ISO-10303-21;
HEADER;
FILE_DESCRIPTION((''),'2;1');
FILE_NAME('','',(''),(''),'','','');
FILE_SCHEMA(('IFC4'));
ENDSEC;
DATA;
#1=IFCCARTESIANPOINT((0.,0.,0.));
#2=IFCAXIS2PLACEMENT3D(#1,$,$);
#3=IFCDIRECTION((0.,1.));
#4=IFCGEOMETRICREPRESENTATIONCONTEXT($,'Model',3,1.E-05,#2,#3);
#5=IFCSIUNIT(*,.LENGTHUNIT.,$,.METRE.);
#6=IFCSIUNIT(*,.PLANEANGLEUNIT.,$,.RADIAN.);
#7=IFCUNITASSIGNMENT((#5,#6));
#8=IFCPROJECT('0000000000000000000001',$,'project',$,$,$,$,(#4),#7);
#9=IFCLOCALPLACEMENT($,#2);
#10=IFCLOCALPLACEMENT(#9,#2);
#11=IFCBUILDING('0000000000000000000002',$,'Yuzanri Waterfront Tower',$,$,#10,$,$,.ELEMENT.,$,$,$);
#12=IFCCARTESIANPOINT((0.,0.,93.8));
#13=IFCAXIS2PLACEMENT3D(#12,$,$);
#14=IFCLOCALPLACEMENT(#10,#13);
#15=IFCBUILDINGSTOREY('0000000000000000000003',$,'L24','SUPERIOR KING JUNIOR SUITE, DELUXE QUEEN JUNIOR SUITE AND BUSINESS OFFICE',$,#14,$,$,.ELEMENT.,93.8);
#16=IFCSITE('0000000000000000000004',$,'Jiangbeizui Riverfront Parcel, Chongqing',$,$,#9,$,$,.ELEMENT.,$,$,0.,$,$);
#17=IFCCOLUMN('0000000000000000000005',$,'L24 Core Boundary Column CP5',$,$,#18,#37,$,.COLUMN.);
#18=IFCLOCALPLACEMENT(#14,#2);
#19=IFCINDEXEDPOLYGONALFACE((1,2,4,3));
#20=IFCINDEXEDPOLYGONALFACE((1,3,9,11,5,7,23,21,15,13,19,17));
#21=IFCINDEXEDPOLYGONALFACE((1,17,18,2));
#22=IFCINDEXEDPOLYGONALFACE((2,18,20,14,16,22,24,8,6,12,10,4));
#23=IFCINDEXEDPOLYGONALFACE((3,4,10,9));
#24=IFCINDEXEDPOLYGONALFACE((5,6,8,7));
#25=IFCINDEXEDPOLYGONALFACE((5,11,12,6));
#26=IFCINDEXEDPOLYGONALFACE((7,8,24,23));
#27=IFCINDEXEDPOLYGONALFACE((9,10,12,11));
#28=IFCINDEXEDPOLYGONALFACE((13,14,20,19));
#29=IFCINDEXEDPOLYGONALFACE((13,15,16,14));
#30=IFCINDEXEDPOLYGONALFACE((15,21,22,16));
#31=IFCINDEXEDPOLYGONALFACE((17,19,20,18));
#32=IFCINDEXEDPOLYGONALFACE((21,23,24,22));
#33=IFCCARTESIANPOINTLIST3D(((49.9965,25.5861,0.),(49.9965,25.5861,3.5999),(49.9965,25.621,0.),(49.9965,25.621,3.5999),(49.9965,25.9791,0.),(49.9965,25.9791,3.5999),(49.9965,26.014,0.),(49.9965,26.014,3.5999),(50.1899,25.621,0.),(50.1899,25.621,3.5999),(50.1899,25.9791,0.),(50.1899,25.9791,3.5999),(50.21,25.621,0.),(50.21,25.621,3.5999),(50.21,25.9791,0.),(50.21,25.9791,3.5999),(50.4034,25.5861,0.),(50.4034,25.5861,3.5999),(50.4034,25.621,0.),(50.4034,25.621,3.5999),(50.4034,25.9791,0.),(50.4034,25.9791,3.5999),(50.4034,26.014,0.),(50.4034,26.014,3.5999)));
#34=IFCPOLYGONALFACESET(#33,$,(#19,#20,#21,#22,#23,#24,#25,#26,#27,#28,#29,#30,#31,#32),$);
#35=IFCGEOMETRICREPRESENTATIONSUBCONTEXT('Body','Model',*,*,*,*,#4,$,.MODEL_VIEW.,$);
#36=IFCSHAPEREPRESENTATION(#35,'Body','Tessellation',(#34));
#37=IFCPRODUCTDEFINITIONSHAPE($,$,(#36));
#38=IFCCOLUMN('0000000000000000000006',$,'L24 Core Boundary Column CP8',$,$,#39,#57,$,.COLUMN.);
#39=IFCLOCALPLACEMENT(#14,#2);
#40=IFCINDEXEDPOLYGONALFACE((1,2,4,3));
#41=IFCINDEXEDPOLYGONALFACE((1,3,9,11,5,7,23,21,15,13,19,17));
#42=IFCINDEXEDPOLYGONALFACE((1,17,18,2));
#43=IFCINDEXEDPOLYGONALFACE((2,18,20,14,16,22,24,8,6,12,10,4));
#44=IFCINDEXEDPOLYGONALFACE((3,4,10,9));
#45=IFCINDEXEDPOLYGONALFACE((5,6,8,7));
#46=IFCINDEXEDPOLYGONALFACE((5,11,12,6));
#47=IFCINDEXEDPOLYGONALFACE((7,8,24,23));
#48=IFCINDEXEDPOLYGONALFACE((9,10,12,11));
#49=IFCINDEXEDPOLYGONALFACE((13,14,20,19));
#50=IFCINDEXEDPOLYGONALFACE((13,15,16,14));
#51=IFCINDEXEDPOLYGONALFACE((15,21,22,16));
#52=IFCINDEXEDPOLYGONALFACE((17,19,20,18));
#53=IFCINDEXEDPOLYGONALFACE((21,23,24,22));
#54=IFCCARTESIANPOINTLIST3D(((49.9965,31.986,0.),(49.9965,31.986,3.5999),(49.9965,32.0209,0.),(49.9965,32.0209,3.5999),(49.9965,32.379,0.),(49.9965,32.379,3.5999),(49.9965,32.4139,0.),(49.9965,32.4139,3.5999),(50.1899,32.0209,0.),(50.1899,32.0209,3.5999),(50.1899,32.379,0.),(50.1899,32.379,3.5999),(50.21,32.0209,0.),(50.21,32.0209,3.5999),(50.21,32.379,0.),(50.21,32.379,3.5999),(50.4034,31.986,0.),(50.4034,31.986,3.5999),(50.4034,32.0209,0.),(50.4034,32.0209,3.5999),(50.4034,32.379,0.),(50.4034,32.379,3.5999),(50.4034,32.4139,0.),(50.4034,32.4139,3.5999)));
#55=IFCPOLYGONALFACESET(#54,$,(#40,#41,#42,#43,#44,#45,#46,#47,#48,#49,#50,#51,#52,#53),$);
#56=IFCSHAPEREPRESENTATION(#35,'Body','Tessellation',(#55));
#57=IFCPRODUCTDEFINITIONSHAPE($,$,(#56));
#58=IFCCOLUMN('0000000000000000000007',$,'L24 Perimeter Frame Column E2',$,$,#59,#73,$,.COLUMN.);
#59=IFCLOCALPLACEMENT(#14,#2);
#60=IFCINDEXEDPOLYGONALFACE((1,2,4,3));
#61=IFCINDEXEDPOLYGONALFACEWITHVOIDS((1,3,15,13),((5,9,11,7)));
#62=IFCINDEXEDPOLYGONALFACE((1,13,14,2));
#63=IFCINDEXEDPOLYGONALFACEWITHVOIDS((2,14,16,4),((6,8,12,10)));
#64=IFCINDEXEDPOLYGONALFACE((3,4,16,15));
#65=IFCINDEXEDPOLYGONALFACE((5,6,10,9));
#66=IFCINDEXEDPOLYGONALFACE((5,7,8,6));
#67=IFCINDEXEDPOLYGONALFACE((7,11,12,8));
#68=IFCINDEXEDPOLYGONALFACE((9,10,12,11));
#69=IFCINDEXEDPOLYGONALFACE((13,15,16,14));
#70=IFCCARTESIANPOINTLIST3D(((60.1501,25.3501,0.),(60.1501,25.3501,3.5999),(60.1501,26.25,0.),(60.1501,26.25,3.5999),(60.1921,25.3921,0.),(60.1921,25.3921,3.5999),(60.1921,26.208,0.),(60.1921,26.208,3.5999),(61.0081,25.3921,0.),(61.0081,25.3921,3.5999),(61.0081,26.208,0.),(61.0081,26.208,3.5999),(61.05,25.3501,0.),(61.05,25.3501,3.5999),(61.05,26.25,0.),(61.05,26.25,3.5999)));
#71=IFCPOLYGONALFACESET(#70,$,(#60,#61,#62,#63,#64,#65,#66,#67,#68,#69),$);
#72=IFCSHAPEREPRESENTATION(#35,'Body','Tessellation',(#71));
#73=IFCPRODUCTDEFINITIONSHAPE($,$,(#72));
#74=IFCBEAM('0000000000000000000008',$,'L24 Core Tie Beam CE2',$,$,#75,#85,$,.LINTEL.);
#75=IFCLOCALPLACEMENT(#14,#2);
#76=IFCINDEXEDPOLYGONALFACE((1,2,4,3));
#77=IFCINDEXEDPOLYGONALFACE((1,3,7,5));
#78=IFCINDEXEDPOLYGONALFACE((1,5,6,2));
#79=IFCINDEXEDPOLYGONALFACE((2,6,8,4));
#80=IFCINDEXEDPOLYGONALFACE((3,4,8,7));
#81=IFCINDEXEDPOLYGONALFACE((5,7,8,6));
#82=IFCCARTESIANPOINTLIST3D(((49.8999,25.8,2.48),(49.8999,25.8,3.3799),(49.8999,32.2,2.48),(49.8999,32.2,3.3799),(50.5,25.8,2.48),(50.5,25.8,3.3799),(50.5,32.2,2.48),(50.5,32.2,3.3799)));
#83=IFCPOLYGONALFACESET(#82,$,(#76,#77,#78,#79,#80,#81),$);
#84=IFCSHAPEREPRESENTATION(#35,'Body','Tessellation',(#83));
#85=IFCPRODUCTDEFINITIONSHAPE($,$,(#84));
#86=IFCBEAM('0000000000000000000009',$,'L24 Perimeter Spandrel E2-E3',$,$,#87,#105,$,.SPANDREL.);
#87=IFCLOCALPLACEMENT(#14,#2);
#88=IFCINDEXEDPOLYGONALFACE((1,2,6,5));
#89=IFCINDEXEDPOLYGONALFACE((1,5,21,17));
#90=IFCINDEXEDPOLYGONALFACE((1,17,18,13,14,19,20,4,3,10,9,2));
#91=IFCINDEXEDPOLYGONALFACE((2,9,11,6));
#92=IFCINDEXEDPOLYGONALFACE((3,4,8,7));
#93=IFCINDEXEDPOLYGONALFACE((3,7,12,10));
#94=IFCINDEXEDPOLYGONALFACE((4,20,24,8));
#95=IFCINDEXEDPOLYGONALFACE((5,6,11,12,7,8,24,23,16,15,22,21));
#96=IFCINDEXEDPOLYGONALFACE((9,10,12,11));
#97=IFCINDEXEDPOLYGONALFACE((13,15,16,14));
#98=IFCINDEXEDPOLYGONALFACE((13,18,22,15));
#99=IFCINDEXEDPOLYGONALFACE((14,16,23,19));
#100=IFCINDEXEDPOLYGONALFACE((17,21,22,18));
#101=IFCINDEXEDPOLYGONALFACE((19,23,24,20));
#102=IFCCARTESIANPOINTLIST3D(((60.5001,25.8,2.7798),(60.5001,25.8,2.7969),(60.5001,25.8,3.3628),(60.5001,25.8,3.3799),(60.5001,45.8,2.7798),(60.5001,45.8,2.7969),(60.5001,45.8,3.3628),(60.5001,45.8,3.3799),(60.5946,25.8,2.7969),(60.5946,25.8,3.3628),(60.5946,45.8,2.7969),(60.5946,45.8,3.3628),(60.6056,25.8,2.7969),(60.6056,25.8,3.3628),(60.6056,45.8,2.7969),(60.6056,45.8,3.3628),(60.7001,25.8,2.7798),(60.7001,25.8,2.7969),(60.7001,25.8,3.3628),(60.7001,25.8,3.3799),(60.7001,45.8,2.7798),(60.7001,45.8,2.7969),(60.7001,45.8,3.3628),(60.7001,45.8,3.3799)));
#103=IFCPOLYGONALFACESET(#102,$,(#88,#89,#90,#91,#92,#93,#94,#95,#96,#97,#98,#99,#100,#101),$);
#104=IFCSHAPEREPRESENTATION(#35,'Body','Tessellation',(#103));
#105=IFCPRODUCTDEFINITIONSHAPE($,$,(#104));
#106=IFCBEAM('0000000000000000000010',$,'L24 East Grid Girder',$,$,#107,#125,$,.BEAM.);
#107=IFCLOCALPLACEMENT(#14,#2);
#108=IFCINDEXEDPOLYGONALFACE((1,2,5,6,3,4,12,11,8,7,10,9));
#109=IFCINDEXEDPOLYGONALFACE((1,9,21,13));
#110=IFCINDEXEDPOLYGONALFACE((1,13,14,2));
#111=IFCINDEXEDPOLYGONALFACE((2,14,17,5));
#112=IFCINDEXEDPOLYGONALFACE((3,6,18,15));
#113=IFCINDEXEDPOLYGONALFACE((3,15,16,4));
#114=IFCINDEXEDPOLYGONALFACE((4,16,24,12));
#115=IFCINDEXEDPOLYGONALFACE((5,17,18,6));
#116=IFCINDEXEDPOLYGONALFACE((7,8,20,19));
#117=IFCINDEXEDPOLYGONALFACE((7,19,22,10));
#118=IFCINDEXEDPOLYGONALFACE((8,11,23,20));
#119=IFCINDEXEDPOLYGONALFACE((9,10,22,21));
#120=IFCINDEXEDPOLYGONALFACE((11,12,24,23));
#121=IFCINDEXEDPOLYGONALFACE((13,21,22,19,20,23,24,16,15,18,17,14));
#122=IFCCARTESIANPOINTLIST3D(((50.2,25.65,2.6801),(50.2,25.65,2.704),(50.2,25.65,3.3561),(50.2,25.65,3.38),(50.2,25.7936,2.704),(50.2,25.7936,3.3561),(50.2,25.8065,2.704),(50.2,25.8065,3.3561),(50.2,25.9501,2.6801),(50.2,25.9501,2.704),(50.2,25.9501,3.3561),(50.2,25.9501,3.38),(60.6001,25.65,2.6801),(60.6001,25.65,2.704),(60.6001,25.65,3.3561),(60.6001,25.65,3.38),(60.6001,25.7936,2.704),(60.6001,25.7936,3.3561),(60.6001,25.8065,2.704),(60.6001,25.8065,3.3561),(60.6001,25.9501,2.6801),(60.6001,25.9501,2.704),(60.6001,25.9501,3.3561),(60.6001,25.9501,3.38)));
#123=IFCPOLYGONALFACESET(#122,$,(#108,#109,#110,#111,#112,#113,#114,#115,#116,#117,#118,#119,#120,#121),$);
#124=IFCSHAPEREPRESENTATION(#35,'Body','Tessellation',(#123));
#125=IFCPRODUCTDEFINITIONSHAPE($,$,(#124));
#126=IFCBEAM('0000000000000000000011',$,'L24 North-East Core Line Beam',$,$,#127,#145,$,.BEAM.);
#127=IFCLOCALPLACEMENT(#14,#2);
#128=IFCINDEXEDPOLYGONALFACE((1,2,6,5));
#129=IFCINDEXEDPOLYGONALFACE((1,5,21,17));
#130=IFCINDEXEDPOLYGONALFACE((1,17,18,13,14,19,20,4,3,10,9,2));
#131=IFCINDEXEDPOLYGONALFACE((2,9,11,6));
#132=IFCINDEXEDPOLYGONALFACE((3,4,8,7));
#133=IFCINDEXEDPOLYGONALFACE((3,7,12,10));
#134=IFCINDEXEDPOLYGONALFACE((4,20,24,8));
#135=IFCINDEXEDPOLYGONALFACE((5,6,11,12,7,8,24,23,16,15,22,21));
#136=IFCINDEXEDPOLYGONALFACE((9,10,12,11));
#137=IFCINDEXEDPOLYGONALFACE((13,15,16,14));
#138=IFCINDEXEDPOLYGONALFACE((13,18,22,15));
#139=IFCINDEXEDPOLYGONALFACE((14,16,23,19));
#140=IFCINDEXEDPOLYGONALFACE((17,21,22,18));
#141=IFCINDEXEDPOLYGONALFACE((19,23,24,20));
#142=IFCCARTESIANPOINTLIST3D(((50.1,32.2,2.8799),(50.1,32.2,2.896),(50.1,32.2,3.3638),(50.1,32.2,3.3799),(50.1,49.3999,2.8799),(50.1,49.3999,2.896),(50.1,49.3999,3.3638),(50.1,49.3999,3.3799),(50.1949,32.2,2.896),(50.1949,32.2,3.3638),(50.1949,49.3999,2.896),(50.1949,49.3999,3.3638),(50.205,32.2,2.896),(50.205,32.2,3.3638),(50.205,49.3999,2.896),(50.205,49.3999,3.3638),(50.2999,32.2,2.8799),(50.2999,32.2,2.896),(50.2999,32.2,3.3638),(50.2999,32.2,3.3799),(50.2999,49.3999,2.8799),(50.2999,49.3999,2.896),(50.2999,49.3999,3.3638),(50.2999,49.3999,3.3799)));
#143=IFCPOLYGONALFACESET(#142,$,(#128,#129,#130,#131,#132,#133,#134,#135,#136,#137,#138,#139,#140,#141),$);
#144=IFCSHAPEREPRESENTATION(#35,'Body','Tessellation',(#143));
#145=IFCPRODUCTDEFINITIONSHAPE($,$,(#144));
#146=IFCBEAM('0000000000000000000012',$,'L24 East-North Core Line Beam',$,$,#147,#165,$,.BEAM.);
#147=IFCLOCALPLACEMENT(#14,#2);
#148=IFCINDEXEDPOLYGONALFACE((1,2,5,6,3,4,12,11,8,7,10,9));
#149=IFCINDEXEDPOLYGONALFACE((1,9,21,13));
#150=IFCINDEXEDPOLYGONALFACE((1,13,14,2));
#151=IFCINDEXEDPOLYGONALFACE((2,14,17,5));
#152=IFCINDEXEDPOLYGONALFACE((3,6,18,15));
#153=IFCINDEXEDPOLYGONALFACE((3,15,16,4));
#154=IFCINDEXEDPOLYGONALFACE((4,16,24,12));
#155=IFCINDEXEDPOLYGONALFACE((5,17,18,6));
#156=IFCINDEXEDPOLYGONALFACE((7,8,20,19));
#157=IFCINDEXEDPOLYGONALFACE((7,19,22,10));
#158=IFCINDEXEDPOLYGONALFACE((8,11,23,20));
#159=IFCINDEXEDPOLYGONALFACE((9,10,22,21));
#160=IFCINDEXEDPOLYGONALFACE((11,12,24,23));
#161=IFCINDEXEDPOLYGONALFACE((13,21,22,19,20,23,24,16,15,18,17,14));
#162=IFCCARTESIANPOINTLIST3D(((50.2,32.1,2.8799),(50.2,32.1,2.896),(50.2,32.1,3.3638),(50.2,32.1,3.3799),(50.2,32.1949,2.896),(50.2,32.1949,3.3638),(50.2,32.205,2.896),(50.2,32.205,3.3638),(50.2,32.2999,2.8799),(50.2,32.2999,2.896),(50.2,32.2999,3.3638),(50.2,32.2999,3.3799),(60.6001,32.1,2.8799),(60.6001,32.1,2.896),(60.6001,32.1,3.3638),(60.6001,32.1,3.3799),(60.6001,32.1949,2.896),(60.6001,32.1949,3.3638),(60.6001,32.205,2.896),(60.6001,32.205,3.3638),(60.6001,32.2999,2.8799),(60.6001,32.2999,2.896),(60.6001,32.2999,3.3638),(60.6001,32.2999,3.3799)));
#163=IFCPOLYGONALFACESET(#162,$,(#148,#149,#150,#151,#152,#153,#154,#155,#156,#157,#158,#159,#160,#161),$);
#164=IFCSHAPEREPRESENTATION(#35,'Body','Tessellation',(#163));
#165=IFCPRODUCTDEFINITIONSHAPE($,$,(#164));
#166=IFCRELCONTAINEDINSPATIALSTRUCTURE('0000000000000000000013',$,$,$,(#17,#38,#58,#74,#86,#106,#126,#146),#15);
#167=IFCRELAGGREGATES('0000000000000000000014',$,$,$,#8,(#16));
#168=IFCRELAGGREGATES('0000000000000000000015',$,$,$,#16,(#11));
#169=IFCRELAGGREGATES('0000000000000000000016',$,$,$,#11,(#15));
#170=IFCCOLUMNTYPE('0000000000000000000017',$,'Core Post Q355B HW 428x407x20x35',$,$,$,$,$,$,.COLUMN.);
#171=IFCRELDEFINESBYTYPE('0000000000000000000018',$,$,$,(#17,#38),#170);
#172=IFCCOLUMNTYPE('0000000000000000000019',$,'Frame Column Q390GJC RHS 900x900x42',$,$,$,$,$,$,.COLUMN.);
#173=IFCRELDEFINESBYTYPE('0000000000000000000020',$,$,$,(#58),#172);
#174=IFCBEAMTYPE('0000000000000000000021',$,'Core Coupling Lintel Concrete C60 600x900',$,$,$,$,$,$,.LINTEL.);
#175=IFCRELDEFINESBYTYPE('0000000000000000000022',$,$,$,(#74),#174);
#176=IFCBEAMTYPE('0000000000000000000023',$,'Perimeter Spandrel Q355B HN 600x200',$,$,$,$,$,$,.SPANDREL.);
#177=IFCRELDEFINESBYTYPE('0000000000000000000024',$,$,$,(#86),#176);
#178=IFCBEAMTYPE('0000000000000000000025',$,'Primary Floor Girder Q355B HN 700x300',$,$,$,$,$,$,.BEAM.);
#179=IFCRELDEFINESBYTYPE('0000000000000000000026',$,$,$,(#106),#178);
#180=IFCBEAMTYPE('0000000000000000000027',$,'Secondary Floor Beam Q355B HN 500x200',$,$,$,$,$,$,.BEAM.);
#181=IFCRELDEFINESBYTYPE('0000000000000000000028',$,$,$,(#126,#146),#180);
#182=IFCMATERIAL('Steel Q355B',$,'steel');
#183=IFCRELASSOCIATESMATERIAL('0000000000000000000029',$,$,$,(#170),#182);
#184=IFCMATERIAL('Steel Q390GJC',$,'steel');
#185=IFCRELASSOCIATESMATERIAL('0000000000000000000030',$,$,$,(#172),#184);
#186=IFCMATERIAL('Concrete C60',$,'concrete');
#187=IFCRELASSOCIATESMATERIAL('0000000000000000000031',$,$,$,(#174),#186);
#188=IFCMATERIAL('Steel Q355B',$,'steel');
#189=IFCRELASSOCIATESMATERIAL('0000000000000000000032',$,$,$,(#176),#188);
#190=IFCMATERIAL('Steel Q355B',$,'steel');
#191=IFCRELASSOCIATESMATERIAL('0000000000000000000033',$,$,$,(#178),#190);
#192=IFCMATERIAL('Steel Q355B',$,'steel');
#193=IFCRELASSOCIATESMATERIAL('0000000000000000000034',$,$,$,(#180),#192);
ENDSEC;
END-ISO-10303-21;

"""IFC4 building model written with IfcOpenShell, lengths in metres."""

from ifc_helpers import new_model, si_unit, direction, frame, origin, origin_2d, place, context, subcontext, project, spatial, rectangle, hollow_rectangle, i_section, extrude, source, transform, mapped, material, material_profile, profile_set, type_object, element, save


model = new_model("IFC4")

# Units and contexts
model_context = context("Model", 3, precision=1e-05, world=origin(), true_north=direction((0.0, 1.0)))
body_context = subcontext(model_context, "Body", "Model", "MODEL_VIEW")
ifc_project = project(units=[si_unit("LENGTHUNIT", "METRE"), si_unit("PLANEANGLEUNIT", "RADIAN")], contexts=[model_context])

# Site, building, storey
site_placement = place(None, origin())
site = spatial("IfcSite", under=ifc_project, at=site_placement, Name="Jiangbeizui Riverfront Parcel, Chongqing", CompositionType="ELEMENT", RefElevation=0.0)
building_placement = place(site_placement, origin())
building = spatial("IfcBuilding", under=site, at=building_placement, Name="Yuzanri Waterfront Tower", CompositionType="ELEMENT")
storey_placement = place(building_placement, frame((0.0, 0.0, 93.8)))
storey = spatial("IfcBuildingStorey", under=building, at=storey_placement, Name="L24", Description="SUPERIOR KING JUNIOR SUITE, DELUXE QUEEN JUNIOR SUITE AND BUSINESS OFFICE", CompositionType="ELEMENT", Elevation=93.8)

# Columns
ifc_material_1 = material(Name="Steel Q355B", Category="steel")
ifc_material_profile_1 = material_profile(ifc_material_1, i_section(OverallWidth=0.407, OverallDepth=0.428, WebThickness=0.02, FlangeThickness=0.0349, at=origin_2d()), Name="HW 428x407x20x35")
ifc_profile_set_1 = profile_set([ifc_material_profile_1], Name="Steel Q355B")
column_type_1 = type_object("IfcColumnType", Name="Core Post Q355B HW 428x407x20x35", PredefinedType="COLUMN", material=ifc_profile_set_1)
shared_shape_1 = source(origin(), body_context, "Body", "SweptSolid", [
    extrude(i_section(OverallWidth=0.407, OverallDepth=0.428, WebThickness=0.02, FlangeThickness=0.0349, at=origin_2d()), origin(), (0.0, 0.0, 1.0), 3.5999),
])
for number, where, z_axis, x_axis, name in (
    (1, (50.2, 25.8, 0.0), (0.0, 0.0, 1.0), (1.0, 0.0, 0.0), "L24 Core Boundary Column CP5"),
    (2, (50.2, 32.2, 0.0), (0.0, 0.0, 1.0), (1.0, 0.0, 0.0), "L24 Core Boundary Column CP8"),
):
    element("IfcColumn", number, at=place(storey_placement, frame(where, z_axis=z_axis, x_axis=x_axis)), inside=storey, type_object=column_type_1, Name=name, PredefinedType="COLUMN", context=body_context, shape_type="MappedRepresentation", body=[
        mapped(shared_shape_1, transform((0.0, 0.0, 0.0), scale=1.0)),
    ])
ifc_material_2 = material(Name="Steel Q390GJC", Category="steel")
ifc_material_profile_2 = material_profile(ifc_material_2, hollow_rectangle(XDim=0.8999, YDim=0.8999, WallThickness=0.042, at=origin_2d()), Name="RHS 900x900x42")
ifc_profile_set_2 = profile_set([ifc_material_profile_2], Name="Steel Q390GJC")
column_type_2 = type_object("IfcColumnType", Name="Frame Column Q390GJC RHS 900x900x42", PredefinedType="COLUMN", material=ifc_profile_set_2)
shared_shape_2 = source(origin(), body_context, "Body", "SweptSolid", [
    extrude(hollow_rectangle(XDim=0.8999, YDim=0.8999, WallThickness=0.042, at=origin_2d()), origin(), (0.0, 0.0, 1.0), 3.5999),
])
column_placement = place(storey_placement, frame((60.6001, 25.8, 0.0), z_axis=(0.0, 0.0, 1.0), x_axis=(1.0, 0.0, 0.0)))
element("IfcColumn", 3, at=column_placement, inside=storey, type_object=column_type_2, Name="L24 Perimeter Frame Column E2", PredefinedType="COLUMN", context=body_context, shape_type="MappedRepresentation", body=[
    mapped(shared_shape_2, transform((0.0, 0.0, 0.0), scale=1.0)),
])

# Beams
ifc_material_3 = material(Name="Concrete C60", Category="concrete")
ifc_material_profile_3 = material_profile(ifc_material_3, rectangle(XDim=0.6001, YDim=0.8999, at=origin_2d()), Name="RC 600x900")
ifc_profile_set_3 = profile_set([ifc_material_profile_3], Name="Concrete C60")
beam_type_1 = type_object("IfcBeamType", Name="Core Coupling Lintel Concrete C60 600x900", PredefinedType="LINTEL", material=ifc_profile_set_3)
shared_shape_3 = source(origin(), body_context, "Body", "SweptSolid", [
    extrude(rectangle(XDim=0.6001, YDim=0.8999, at=origin_2d()), origin(), (0.0, 0.0, 1.0), 6.3999),
])
beam_1_placement = place(storey_placement, frame((50.2, 25.8, 2.9299), z_axis=(0.0, 1.0, 0.0), x_axis=(-1.0, 0.0, 0.0)))
element("IfcBeam", 4, at=beam_1_placement, inside=storey, type_object=beam_type_1, Name="L24 Core Tie Beam CE2", PredefinedType="LINTEL", context=body_context, shape_type="MappedRepresentation", body=[
    mapped(shared_shape_3, transform((0.0, 0.0, 0.0), scale=1.0)),
])
ifc_material_4 = material(Name="Steel Q355B", Category="steel")
ifc_material_profile_4 = material_profile(ifc_material_4, i_section(OverallWidth=0.2, OverallDepth=0.6001, WebThickness=0.011, FlangeThickness=0.0171, at=origin_2d()), Name="HN 600x200x11x17")
ifc_profile_set_4 = profile_set([ifc_material_profile_4], Name="Steel Q355B")
beam_type_2 = type_object("IfcBeamType", Name="Perimeter Spandrel Q355B HN 600x200", PredefinedType="SPANDREL", material=ifc_profile_set_4)
shared_shape_4 = source(origin(), body_context, "Body", "SweptSolid", [
    extrude(i_section(OverallWidth=0.2, OverallDepth=0.6001, WebThickness=0.011, FlangeThickness=0.0171, at=origin_2d()), origin(), (0.0, 0.0, 1.0), 20.0),
])
beam_2_placement = place(storey_placement, frame((60.6001, 25.8, 3.0798), z_axis=(0.0, 1.0, 0.0), x_axis=(-1.0, 0.0, 0.0)))
element("IfcBeam", 5, at=beam_2_placement, inside=storey, type_object=beam_type_2, Name="L24 Perimeter Spandrel E2-E3", PredefinedType="SPANDREL", context=body_context, shape_type="MappedRepresentation", body=[
    mapped(shared_shape_4, transform((0.0, 0.0, 0.0), scale=1.0)),
])
ifc_material_5 = material(Name="Steel Q355B", Category="steel")
ifc_material_profile_5 = material_profile(ifc_material_5, i_section(OverallWidth=0.3, OverallDepth=0.7, WebThickness=0.0129, FlangeThickness=0.0239, at=origin_2d()), Name="HN 700x300x13x24")
ifc_profile_set_5 = profile_set([ifc_material_profile_5], Name="Steel Q355B")
beam_type_3 = type_object("IfcBeamType", Name="Primary Floor Girder Q355B HN 700x300", PredefinedType="BEAM", material=ifc_profile_set_5)
shared_shape_5 = source(origin(), body_context, "Body", "SweptSolid", [
    extrude(i_section(OverallWidth=0.3, OverallDepth=0.7, WebThickness=0.0129, FlangeThickness=0.0239, at=origin_2d()), origin(), (0.0, 0.0, 1.0), 10.4001),
])
beam_3_placement = place(storey_placement, frame((50.2, 25.8, 3.03), z_axis=(1.0, 0.0, 0.0), x_axis=(0.0, 1.0, 0.0)))
element("IfcBeam", 6, at=beam_3_placement, inside=storey, type_object=beam_type_3, Name="L24 East Grid Girder", PredefinedType="BEAM", context=body_context, shape_type="MappedRepresentation", body=[
    mapped(shared_shape_5, transform((0.0, 0.0, 0.0), scale=1.0)),
])
ifc_material_6 = material(Name="Steel Q355B", Category="steel")
ifc_material_profile_6 = material_profile(ifc_material_6, i_section(OverallWidth=0.2, OverallDepth=0.5, WebThickness=0.01, FlangeThickness=0.0161, at=origin_2d()), Name="HN 500x200x10x16")
ifc_profile_set_6 = profile_set([ifc_material_profile_6], Name="Steel Q355B")
beam_type_4 = type_object("IfcBeamType", Name="Secondary Floor Beam Q355B HN 500x200", PredefinedType="BEAM", material=ifc_profile_set_6)
shared_shape_6 = source(origin(), body_context, "Body", "SweptSolid", [
    extrude(i_section(OverallWidth=0.2, OverallDepth=0.5, WebThickness=0.01, FlangeThickness=0.0161, at=origin_2d()), origin(), (0.0, 0.0, 1.0), 17.2),
])
beam_4_placement = place(storey_placement, frame((50.2, 32.2, 3.1299), z_axis=(0.0, 1.0, 0.0), x_axis=(-1.0, 0.0, 0.0)))
element("IfcBeam", 7, at=beam_4_placement, inside=storey, type_object=beam_type_4, Name="L24 North-East Core Line Beam", PredefinedType="BEAM", context=body_context, shape_type="MappedRepresentation", body=[
    mapped(shared_shape_6, transform((0.0, 0.0, 0.0), scale=1.0)),
])
shared_shape_7 = source(origin(), body_context, "Body", "SweptSolid", [
    extrude(i_section(OverallWidth=0.2, OverallDepth=0.5, WebThickness=0.01, FlangeThickness=0.0161, at=origin_2d()), origin(), (0.0, 0.0, 1.0), 10.4001),
])
beam_5_placement = place(storey_placement, frame((50.2, 32.2, 3.1299), z_axis=(1.0, 0.0, 0.0), x_axis=(0.0, 1.0, 0.0)))
element("IfcBeam", 8, at=beam_5_placement, inside=storey, type_object=beam_type_4, Name="L24 East-North Core Line Beam", PredefinedType="BEAM", context=body_context, shape_type="MappedRepresentation", body=[
    mapped(shared_shape_7, transform((0.0, 0.0, 0.0), scale=1.0)),
])

save(model, "model.ifc")
